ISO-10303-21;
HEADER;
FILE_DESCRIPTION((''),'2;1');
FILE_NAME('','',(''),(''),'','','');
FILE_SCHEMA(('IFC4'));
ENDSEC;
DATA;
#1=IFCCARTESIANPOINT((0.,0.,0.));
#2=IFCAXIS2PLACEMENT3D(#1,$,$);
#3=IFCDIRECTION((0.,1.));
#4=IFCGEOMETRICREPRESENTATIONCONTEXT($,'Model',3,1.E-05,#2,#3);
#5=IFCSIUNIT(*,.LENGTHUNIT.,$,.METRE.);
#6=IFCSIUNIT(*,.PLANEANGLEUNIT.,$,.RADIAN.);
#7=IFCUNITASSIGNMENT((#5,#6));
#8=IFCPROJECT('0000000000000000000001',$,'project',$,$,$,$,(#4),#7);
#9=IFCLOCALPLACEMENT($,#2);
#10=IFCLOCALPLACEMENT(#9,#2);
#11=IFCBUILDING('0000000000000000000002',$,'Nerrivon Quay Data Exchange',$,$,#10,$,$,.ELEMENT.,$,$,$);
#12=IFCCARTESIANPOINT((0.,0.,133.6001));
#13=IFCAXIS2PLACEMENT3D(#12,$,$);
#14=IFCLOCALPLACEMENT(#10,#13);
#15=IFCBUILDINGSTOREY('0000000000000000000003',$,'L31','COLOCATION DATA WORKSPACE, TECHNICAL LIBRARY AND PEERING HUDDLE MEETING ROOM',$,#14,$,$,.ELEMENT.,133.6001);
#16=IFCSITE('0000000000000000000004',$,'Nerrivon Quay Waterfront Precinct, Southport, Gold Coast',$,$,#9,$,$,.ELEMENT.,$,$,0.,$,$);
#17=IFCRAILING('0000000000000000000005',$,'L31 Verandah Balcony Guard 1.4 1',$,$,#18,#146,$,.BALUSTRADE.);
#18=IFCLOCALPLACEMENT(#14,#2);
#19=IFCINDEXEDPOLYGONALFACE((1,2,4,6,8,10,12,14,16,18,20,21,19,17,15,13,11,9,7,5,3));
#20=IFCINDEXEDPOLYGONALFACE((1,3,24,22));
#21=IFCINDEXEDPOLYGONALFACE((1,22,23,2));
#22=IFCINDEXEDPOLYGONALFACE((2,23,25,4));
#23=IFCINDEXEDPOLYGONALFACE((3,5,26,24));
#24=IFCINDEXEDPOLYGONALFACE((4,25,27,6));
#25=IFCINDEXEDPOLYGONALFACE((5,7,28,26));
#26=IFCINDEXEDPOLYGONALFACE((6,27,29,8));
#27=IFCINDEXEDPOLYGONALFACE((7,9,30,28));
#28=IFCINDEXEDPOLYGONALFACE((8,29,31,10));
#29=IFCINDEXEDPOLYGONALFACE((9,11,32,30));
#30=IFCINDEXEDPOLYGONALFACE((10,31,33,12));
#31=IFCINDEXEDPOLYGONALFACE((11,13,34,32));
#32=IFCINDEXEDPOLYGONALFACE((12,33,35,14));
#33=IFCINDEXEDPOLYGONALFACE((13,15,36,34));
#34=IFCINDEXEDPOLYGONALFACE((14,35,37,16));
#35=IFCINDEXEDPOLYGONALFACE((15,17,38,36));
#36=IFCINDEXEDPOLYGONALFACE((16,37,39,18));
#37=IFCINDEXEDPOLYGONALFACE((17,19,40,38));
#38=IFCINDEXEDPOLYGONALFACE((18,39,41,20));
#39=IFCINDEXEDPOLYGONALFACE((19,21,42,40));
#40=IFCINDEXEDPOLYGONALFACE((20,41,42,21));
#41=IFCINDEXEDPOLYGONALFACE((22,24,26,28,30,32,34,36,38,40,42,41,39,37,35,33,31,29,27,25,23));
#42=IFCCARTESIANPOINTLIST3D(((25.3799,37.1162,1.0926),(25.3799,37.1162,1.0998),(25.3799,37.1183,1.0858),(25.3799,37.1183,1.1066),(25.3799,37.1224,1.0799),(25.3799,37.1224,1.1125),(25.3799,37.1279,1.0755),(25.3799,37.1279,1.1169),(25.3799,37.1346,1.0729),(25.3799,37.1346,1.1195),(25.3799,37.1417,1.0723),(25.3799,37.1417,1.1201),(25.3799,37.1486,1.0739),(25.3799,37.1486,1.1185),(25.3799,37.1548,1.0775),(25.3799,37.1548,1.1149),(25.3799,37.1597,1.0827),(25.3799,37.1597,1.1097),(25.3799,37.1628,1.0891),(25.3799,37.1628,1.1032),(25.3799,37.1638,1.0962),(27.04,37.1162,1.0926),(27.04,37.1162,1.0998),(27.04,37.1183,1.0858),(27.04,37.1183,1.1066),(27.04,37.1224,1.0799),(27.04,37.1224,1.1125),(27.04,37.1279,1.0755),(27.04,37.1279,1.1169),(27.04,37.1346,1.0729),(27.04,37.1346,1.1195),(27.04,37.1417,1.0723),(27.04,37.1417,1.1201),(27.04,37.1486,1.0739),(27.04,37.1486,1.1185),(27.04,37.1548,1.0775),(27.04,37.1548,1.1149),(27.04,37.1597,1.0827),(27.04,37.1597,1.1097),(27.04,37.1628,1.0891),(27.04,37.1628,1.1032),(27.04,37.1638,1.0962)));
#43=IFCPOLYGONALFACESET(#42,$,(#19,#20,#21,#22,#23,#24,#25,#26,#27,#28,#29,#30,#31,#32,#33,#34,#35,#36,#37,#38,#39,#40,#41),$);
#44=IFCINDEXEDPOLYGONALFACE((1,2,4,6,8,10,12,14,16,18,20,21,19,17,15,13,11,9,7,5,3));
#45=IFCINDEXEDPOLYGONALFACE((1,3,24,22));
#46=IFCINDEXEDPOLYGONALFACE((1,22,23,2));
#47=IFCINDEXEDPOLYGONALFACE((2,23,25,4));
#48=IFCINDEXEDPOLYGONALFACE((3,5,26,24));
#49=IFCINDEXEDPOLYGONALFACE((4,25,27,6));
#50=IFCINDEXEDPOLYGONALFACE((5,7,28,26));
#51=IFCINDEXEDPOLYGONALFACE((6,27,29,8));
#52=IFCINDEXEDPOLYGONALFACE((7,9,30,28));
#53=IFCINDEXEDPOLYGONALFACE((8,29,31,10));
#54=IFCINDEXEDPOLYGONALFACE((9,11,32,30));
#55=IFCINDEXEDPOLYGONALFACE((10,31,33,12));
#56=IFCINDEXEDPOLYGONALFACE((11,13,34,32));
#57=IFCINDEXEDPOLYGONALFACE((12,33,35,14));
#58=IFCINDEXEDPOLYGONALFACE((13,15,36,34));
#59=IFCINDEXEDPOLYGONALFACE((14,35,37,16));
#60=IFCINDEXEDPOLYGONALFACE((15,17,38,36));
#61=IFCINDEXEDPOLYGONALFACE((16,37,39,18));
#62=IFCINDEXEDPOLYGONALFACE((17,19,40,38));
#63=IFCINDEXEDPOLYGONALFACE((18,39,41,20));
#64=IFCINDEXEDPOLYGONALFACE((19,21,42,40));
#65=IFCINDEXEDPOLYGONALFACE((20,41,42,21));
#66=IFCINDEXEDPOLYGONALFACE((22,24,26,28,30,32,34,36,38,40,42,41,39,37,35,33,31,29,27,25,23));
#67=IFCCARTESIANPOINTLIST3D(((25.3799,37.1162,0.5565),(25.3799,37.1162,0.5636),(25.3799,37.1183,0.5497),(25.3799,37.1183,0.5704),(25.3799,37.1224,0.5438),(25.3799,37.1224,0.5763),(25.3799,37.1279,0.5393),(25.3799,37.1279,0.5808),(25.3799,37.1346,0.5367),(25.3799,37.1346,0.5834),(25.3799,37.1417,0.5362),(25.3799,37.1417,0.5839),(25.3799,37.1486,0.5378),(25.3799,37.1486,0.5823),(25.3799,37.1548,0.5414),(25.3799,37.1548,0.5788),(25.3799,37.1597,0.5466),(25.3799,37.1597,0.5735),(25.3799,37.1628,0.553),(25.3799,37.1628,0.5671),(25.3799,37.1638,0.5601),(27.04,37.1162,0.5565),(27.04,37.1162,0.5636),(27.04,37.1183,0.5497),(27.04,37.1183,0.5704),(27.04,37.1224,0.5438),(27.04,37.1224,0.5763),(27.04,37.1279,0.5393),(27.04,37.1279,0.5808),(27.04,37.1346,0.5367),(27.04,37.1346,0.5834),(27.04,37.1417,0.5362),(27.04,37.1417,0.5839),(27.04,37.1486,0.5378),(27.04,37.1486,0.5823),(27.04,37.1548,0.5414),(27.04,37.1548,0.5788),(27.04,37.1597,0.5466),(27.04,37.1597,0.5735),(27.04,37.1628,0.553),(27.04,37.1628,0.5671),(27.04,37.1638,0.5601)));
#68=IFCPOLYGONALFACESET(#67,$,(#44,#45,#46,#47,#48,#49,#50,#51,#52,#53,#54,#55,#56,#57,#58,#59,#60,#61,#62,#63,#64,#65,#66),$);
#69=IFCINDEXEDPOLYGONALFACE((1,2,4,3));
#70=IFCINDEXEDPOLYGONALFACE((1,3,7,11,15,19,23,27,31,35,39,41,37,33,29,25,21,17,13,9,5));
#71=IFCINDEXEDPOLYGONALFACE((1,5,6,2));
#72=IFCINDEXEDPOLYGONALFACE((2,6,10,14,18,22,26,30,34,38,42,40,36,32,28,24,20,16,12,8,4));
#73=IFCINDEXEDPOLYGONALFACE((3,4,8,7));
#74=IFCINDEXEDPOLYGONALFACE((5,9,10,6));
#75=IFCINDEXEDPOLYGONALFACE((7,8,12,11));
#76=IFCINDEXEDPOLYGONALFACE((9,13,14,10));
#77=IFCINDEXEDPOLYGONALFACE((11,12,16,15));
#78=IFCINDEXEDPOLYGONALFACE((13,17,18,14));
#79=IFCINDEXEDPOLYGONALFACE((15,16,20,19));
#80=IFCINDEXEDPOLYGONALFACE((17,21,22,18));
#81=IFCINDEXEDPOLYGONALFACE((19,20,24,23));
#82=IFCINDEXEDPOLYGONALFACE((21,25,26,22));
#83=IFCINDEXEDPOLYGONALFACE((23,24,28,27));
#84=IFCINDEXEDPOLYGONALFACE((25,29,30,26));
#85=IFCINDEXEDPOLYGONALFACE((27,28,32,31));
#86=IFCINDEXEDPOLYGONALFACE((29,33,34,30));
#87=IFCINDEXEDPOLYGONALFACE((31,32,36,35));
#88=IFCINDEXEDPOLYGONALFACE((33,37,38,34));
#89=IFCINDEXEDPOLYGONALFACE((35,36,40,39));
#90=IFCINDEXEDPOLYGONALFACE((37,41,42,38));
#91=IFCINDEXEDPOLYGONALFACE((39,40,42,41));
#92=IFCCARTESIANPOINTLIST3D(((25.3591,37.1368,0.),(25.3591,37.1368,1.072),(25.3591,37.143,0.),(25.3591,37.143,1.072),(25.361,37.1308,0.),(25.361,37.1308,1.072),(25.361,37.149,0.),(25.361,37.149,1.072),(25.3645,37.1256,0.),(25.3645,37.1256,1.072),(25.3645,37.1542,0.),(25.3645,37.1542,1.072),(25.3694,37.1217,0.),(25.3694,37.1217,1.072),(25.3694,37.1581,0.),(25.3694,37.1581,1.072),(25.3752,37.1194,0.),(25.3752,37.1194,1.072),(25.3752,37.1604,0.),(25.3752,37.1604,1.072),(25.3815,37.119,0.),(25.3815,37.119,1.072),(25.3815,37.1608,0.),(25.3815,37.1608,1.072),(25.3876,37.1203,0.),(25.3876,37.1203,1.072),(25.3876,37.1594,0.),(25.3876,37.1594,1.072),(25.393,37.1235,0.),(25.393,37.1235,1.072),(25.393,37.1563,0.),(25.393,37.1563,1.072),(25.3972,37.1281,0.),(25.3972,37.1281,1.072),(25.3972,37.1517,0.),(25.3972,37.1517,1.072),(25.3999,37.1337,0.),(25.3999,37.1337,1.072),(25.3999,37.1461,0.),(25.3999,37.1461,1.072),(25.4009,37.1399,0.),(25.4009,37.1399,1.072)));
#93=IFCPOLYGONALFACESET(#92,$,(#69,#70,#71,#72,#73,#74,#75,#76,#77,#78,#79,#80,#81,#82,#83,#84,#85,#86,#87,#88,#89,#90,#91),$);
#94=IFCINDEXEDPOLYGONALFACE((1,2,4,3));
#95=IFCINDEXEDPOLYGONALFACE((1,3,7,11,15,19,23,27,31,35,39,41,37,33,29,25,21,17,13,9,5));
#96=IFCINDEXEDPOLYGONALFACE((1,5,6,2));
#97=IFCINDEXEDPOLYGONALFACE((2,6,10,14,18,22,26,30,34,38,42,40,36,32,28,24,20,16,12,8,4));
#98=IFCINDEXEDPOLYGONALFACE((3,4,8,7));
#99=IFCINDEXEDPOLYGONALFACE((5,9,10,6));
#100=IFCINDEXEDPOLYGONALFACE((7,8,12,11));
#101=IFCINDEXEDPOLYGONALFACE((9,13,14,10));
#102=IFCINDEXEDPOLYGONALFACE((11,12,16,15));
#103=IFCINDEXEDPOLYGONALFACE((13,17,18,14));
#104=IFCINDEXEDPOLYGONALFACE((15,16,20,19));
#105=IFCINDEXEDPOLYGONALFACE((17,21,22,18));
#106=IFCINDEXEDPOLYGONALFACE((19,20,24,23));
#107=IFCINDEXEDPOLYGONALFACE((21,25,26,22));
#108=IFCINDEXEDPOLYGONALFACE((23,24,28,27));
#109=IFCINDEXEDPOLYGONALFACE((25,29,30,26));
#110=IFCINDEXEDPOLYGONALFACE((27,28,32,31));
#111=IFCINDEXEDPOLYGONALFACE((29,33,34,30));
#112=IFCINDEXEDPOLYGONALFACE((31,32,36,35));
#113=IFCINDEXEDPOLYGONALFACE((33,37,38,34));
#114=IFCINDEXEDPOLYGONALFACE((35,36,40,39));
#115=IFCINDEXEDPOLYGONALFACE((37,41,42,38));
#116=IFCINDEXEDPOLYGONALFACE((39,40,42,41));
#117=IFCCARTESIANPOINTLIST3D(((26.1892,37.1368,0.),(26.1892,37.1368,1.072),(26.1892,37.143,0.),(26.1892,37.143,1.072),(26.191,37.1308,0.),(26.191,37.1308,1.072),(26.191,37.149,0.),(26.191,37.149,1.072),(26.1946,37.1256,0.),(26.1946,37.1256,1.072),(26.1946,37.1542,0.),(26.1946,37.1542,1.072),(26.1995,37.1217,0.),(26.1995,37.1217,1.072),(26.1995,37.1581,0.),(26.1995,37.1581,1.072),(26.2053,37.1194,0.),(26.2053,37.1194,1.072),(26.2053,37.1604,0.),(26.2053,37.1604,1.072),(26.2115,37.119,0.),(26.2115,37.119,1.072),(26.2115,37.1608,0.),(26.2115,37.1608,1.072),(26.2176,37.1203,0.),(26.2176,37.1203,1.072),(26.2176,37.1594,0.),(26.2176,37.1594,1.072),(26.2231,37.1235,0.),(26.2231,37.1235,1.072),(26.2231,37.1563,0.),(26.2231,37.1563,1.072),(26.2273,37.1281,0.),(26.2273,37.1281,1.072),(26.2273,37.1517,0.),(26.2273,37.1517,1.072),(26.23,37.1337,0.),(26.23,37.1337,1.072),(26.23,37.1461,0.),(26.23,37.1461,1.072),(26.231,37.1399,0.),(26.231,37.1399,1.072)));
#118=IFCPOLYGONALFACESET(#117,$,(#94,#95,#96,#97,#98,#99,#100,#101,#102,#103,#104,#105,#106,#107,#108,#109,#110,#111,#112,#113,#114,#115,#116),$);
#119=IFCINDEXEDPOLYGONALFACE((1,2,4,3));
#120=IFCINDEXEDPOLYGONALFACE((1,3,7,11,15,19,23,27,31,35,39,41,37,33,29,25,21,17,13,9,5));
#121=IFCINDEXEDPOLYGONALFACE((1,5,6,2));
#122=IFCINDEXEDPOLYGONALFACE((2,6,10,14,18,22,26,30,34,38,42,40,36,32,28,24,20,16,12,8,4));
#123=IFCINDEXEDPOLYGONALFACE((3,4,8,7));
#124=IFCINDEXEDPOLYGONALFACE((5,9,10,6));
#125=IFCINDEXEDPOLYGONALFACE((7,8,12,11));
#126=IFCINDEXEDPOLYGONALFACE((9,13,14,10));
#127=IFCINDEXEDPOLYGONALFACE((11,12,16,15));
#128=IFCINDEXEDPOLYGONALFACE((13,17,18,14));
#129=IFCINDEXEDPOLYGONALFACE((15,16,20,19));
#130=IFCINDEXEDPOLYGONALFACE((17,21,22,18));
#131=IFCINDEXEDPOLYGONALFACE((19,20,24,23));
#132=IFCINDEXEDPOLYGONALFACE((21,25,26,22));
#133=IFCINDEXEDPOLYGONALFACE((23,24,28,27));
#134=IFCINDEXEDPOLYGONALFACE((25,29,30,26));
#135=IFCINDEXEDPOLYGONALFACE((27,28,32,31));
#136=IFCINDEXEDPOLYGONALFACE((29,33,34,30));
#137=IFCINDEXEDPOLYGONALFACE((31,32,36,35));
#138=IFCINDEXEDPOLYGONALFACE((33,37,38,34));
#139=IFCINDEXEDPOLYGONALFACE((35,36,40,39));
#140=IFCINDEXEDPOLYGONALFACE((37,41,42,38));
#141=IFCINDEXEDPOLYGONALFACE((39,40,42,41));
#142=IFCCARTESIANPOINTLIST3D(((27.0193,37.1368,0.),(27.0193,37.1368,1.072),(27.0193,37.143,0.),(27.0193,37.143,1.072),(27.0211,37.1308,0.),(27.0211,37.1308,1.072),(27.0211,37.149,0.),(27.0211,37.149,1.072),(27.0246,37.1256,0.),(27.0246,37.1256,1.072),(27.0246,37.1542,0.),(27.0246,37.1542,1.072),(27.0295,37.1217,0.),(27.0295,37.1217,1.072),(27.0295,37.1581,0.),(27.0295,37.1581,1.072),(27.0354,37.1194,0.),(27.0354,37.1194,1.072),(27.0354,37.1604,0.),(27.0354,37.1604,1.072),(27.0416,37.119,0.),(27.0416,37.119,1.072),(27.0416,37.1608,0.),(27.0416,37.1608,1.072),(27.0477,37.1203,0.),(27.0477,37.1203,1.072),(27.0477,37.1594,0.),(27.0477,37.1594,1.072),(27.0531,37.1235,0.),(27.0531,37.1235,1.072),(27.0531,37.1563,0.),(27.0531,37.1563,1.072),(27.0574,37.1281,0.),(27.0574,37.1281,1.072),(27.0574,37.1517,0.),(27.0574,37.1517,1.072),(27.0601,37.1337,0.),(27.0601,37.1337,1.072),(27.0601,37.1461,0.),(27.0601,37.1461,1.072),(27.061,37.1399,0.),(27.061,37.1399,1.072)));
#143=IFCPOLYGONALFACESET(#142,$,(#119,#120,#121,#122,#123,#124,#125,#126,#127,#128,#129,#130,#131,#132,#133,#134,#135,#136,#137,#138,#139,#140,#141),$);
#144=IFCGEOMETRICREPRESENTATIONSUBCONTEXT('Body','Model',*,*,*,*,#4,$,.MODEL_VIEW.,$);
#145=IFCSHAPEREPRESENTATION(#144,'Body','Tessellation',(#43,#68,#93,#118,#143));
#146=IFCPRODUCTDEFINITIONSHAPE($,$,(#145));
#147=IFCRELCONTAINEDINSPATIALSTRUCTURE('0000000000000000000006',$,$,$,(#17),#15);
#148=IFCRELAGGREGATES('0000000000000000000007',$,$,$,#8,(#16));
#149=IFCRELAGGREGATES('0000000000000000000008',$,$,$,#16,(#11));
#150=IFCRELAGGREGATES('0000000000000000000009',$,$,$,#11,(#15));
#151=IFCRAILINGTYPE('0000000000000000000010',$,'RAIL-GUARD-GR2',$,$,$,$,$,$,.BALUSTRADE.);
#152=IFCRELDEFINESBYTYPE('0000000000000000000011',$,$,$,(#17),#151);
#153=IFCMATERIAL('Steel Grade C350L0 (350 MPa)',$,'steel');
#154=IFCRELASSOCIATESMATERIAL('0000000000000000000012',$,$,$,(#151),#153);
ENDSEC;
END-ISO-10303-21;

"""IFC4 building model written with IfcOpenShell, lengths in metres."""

from ifc_helpers import new_model, si_unit, direction, frame, origin, origin_2d, place, context, subcontext, project, spatial, circle, extrude, material, type_object, element, save


model = new_model("IFC4")

# Units and contexts
model_context = context("Model", 3, precision=1e-05, world=origin(), true_north=direction((0.0, 1.0)))
body_context = subcontext(model_context, "Body", "Model", "MODEL_VIEW")
ifc_project = project(units=[si_unit("LENGTHUNIT", "METRE"), si_unit("PLANEANGLEUNIT", "RADIAN")], contexts=[model_context])

# Site, building, storey
site_placement = place(None, origin())
site = spatial("IfcSite", under=ifc_project, at=site_placement, Name="Nerrivon Quay Waterfront Precinct, Southport, Gold Coast", CompositionType="ELEMENT", RefElevation=0.0)
building_placement = place(site_placement, origin())
building = spatial("IfcBuilding", under=site, at=building_placement, Name="Nerrivon Quay Data Exchange", CompositionType="ELEMENT")
storey_placement = place(building_placement, frame((0.0, 0.0, 133.6001)))
storey = spatial("IfcBuildingStorey", under=building, at=storey_placement, Name="L31", Description="COLOCATION DATA WORKSPACE, TECHNICAL LIBRARY AND PEERING HUDDLE MEETING ROOM", CompositionType="ELEMENT", Elevation=133.6001)

# Railing
ifc_material_1 = material(Name="Steel Grade C350L0 (350 MPa)", Category="steel")
railing_type = type_object("IfcRailingType", Name="RAIL-GUARD-GR2", PredefinedType="BALUSTRADE", material=ifc_material_1)
railing_1_placement = place(storey_placement, frame((25.3799, 37.1399, 0.0)))
element("IfcRailing", 1, at=railing_1_placement, inside=storey, type_object=railing_type, Name="L31 Verandah Balcony Guard 1.4 1", PredefinedType="BALUSTRADE", context=body_context, shape_type="SweptSolid", body=[
    extrude(circle(Radius=0.0239, at=origin_2d()), frame((0.0, 0.0, 1.0962), z_axis=(1.0, 0.0, 0.0), x_axis=(0.0, 1.0, 0.0)), (0.0, 0.0, 1.0), 1.6602),
    extrude(circle(Radius=0.0239, at=origin_2d()), frame((0.0, 0.0, 0.5601), z_axis=(1.0, 0.0, 0.0), x_axis=(0.0, 1.0, 0.0)), (0.0, 0.0, 1.0), 1.6602),
    extrude(circle(Radius=0.021, at=origin_2d()), origin(), (0.0, 0.0, 1.0), 1.072),
    extrude(circle(Radius=0.021, at=origin_2d()), frame((0.8301, 0.0, 0.0)), (0.0, 0.0, 1.0), 1.072),
    extrude(circle(Radius=0.021, at=origin_2d()), frame((1.6602, 0.0, 0.0)), (0.0, 0.0, 1.0), 1.072),
])

save(model, "model.ifc")
